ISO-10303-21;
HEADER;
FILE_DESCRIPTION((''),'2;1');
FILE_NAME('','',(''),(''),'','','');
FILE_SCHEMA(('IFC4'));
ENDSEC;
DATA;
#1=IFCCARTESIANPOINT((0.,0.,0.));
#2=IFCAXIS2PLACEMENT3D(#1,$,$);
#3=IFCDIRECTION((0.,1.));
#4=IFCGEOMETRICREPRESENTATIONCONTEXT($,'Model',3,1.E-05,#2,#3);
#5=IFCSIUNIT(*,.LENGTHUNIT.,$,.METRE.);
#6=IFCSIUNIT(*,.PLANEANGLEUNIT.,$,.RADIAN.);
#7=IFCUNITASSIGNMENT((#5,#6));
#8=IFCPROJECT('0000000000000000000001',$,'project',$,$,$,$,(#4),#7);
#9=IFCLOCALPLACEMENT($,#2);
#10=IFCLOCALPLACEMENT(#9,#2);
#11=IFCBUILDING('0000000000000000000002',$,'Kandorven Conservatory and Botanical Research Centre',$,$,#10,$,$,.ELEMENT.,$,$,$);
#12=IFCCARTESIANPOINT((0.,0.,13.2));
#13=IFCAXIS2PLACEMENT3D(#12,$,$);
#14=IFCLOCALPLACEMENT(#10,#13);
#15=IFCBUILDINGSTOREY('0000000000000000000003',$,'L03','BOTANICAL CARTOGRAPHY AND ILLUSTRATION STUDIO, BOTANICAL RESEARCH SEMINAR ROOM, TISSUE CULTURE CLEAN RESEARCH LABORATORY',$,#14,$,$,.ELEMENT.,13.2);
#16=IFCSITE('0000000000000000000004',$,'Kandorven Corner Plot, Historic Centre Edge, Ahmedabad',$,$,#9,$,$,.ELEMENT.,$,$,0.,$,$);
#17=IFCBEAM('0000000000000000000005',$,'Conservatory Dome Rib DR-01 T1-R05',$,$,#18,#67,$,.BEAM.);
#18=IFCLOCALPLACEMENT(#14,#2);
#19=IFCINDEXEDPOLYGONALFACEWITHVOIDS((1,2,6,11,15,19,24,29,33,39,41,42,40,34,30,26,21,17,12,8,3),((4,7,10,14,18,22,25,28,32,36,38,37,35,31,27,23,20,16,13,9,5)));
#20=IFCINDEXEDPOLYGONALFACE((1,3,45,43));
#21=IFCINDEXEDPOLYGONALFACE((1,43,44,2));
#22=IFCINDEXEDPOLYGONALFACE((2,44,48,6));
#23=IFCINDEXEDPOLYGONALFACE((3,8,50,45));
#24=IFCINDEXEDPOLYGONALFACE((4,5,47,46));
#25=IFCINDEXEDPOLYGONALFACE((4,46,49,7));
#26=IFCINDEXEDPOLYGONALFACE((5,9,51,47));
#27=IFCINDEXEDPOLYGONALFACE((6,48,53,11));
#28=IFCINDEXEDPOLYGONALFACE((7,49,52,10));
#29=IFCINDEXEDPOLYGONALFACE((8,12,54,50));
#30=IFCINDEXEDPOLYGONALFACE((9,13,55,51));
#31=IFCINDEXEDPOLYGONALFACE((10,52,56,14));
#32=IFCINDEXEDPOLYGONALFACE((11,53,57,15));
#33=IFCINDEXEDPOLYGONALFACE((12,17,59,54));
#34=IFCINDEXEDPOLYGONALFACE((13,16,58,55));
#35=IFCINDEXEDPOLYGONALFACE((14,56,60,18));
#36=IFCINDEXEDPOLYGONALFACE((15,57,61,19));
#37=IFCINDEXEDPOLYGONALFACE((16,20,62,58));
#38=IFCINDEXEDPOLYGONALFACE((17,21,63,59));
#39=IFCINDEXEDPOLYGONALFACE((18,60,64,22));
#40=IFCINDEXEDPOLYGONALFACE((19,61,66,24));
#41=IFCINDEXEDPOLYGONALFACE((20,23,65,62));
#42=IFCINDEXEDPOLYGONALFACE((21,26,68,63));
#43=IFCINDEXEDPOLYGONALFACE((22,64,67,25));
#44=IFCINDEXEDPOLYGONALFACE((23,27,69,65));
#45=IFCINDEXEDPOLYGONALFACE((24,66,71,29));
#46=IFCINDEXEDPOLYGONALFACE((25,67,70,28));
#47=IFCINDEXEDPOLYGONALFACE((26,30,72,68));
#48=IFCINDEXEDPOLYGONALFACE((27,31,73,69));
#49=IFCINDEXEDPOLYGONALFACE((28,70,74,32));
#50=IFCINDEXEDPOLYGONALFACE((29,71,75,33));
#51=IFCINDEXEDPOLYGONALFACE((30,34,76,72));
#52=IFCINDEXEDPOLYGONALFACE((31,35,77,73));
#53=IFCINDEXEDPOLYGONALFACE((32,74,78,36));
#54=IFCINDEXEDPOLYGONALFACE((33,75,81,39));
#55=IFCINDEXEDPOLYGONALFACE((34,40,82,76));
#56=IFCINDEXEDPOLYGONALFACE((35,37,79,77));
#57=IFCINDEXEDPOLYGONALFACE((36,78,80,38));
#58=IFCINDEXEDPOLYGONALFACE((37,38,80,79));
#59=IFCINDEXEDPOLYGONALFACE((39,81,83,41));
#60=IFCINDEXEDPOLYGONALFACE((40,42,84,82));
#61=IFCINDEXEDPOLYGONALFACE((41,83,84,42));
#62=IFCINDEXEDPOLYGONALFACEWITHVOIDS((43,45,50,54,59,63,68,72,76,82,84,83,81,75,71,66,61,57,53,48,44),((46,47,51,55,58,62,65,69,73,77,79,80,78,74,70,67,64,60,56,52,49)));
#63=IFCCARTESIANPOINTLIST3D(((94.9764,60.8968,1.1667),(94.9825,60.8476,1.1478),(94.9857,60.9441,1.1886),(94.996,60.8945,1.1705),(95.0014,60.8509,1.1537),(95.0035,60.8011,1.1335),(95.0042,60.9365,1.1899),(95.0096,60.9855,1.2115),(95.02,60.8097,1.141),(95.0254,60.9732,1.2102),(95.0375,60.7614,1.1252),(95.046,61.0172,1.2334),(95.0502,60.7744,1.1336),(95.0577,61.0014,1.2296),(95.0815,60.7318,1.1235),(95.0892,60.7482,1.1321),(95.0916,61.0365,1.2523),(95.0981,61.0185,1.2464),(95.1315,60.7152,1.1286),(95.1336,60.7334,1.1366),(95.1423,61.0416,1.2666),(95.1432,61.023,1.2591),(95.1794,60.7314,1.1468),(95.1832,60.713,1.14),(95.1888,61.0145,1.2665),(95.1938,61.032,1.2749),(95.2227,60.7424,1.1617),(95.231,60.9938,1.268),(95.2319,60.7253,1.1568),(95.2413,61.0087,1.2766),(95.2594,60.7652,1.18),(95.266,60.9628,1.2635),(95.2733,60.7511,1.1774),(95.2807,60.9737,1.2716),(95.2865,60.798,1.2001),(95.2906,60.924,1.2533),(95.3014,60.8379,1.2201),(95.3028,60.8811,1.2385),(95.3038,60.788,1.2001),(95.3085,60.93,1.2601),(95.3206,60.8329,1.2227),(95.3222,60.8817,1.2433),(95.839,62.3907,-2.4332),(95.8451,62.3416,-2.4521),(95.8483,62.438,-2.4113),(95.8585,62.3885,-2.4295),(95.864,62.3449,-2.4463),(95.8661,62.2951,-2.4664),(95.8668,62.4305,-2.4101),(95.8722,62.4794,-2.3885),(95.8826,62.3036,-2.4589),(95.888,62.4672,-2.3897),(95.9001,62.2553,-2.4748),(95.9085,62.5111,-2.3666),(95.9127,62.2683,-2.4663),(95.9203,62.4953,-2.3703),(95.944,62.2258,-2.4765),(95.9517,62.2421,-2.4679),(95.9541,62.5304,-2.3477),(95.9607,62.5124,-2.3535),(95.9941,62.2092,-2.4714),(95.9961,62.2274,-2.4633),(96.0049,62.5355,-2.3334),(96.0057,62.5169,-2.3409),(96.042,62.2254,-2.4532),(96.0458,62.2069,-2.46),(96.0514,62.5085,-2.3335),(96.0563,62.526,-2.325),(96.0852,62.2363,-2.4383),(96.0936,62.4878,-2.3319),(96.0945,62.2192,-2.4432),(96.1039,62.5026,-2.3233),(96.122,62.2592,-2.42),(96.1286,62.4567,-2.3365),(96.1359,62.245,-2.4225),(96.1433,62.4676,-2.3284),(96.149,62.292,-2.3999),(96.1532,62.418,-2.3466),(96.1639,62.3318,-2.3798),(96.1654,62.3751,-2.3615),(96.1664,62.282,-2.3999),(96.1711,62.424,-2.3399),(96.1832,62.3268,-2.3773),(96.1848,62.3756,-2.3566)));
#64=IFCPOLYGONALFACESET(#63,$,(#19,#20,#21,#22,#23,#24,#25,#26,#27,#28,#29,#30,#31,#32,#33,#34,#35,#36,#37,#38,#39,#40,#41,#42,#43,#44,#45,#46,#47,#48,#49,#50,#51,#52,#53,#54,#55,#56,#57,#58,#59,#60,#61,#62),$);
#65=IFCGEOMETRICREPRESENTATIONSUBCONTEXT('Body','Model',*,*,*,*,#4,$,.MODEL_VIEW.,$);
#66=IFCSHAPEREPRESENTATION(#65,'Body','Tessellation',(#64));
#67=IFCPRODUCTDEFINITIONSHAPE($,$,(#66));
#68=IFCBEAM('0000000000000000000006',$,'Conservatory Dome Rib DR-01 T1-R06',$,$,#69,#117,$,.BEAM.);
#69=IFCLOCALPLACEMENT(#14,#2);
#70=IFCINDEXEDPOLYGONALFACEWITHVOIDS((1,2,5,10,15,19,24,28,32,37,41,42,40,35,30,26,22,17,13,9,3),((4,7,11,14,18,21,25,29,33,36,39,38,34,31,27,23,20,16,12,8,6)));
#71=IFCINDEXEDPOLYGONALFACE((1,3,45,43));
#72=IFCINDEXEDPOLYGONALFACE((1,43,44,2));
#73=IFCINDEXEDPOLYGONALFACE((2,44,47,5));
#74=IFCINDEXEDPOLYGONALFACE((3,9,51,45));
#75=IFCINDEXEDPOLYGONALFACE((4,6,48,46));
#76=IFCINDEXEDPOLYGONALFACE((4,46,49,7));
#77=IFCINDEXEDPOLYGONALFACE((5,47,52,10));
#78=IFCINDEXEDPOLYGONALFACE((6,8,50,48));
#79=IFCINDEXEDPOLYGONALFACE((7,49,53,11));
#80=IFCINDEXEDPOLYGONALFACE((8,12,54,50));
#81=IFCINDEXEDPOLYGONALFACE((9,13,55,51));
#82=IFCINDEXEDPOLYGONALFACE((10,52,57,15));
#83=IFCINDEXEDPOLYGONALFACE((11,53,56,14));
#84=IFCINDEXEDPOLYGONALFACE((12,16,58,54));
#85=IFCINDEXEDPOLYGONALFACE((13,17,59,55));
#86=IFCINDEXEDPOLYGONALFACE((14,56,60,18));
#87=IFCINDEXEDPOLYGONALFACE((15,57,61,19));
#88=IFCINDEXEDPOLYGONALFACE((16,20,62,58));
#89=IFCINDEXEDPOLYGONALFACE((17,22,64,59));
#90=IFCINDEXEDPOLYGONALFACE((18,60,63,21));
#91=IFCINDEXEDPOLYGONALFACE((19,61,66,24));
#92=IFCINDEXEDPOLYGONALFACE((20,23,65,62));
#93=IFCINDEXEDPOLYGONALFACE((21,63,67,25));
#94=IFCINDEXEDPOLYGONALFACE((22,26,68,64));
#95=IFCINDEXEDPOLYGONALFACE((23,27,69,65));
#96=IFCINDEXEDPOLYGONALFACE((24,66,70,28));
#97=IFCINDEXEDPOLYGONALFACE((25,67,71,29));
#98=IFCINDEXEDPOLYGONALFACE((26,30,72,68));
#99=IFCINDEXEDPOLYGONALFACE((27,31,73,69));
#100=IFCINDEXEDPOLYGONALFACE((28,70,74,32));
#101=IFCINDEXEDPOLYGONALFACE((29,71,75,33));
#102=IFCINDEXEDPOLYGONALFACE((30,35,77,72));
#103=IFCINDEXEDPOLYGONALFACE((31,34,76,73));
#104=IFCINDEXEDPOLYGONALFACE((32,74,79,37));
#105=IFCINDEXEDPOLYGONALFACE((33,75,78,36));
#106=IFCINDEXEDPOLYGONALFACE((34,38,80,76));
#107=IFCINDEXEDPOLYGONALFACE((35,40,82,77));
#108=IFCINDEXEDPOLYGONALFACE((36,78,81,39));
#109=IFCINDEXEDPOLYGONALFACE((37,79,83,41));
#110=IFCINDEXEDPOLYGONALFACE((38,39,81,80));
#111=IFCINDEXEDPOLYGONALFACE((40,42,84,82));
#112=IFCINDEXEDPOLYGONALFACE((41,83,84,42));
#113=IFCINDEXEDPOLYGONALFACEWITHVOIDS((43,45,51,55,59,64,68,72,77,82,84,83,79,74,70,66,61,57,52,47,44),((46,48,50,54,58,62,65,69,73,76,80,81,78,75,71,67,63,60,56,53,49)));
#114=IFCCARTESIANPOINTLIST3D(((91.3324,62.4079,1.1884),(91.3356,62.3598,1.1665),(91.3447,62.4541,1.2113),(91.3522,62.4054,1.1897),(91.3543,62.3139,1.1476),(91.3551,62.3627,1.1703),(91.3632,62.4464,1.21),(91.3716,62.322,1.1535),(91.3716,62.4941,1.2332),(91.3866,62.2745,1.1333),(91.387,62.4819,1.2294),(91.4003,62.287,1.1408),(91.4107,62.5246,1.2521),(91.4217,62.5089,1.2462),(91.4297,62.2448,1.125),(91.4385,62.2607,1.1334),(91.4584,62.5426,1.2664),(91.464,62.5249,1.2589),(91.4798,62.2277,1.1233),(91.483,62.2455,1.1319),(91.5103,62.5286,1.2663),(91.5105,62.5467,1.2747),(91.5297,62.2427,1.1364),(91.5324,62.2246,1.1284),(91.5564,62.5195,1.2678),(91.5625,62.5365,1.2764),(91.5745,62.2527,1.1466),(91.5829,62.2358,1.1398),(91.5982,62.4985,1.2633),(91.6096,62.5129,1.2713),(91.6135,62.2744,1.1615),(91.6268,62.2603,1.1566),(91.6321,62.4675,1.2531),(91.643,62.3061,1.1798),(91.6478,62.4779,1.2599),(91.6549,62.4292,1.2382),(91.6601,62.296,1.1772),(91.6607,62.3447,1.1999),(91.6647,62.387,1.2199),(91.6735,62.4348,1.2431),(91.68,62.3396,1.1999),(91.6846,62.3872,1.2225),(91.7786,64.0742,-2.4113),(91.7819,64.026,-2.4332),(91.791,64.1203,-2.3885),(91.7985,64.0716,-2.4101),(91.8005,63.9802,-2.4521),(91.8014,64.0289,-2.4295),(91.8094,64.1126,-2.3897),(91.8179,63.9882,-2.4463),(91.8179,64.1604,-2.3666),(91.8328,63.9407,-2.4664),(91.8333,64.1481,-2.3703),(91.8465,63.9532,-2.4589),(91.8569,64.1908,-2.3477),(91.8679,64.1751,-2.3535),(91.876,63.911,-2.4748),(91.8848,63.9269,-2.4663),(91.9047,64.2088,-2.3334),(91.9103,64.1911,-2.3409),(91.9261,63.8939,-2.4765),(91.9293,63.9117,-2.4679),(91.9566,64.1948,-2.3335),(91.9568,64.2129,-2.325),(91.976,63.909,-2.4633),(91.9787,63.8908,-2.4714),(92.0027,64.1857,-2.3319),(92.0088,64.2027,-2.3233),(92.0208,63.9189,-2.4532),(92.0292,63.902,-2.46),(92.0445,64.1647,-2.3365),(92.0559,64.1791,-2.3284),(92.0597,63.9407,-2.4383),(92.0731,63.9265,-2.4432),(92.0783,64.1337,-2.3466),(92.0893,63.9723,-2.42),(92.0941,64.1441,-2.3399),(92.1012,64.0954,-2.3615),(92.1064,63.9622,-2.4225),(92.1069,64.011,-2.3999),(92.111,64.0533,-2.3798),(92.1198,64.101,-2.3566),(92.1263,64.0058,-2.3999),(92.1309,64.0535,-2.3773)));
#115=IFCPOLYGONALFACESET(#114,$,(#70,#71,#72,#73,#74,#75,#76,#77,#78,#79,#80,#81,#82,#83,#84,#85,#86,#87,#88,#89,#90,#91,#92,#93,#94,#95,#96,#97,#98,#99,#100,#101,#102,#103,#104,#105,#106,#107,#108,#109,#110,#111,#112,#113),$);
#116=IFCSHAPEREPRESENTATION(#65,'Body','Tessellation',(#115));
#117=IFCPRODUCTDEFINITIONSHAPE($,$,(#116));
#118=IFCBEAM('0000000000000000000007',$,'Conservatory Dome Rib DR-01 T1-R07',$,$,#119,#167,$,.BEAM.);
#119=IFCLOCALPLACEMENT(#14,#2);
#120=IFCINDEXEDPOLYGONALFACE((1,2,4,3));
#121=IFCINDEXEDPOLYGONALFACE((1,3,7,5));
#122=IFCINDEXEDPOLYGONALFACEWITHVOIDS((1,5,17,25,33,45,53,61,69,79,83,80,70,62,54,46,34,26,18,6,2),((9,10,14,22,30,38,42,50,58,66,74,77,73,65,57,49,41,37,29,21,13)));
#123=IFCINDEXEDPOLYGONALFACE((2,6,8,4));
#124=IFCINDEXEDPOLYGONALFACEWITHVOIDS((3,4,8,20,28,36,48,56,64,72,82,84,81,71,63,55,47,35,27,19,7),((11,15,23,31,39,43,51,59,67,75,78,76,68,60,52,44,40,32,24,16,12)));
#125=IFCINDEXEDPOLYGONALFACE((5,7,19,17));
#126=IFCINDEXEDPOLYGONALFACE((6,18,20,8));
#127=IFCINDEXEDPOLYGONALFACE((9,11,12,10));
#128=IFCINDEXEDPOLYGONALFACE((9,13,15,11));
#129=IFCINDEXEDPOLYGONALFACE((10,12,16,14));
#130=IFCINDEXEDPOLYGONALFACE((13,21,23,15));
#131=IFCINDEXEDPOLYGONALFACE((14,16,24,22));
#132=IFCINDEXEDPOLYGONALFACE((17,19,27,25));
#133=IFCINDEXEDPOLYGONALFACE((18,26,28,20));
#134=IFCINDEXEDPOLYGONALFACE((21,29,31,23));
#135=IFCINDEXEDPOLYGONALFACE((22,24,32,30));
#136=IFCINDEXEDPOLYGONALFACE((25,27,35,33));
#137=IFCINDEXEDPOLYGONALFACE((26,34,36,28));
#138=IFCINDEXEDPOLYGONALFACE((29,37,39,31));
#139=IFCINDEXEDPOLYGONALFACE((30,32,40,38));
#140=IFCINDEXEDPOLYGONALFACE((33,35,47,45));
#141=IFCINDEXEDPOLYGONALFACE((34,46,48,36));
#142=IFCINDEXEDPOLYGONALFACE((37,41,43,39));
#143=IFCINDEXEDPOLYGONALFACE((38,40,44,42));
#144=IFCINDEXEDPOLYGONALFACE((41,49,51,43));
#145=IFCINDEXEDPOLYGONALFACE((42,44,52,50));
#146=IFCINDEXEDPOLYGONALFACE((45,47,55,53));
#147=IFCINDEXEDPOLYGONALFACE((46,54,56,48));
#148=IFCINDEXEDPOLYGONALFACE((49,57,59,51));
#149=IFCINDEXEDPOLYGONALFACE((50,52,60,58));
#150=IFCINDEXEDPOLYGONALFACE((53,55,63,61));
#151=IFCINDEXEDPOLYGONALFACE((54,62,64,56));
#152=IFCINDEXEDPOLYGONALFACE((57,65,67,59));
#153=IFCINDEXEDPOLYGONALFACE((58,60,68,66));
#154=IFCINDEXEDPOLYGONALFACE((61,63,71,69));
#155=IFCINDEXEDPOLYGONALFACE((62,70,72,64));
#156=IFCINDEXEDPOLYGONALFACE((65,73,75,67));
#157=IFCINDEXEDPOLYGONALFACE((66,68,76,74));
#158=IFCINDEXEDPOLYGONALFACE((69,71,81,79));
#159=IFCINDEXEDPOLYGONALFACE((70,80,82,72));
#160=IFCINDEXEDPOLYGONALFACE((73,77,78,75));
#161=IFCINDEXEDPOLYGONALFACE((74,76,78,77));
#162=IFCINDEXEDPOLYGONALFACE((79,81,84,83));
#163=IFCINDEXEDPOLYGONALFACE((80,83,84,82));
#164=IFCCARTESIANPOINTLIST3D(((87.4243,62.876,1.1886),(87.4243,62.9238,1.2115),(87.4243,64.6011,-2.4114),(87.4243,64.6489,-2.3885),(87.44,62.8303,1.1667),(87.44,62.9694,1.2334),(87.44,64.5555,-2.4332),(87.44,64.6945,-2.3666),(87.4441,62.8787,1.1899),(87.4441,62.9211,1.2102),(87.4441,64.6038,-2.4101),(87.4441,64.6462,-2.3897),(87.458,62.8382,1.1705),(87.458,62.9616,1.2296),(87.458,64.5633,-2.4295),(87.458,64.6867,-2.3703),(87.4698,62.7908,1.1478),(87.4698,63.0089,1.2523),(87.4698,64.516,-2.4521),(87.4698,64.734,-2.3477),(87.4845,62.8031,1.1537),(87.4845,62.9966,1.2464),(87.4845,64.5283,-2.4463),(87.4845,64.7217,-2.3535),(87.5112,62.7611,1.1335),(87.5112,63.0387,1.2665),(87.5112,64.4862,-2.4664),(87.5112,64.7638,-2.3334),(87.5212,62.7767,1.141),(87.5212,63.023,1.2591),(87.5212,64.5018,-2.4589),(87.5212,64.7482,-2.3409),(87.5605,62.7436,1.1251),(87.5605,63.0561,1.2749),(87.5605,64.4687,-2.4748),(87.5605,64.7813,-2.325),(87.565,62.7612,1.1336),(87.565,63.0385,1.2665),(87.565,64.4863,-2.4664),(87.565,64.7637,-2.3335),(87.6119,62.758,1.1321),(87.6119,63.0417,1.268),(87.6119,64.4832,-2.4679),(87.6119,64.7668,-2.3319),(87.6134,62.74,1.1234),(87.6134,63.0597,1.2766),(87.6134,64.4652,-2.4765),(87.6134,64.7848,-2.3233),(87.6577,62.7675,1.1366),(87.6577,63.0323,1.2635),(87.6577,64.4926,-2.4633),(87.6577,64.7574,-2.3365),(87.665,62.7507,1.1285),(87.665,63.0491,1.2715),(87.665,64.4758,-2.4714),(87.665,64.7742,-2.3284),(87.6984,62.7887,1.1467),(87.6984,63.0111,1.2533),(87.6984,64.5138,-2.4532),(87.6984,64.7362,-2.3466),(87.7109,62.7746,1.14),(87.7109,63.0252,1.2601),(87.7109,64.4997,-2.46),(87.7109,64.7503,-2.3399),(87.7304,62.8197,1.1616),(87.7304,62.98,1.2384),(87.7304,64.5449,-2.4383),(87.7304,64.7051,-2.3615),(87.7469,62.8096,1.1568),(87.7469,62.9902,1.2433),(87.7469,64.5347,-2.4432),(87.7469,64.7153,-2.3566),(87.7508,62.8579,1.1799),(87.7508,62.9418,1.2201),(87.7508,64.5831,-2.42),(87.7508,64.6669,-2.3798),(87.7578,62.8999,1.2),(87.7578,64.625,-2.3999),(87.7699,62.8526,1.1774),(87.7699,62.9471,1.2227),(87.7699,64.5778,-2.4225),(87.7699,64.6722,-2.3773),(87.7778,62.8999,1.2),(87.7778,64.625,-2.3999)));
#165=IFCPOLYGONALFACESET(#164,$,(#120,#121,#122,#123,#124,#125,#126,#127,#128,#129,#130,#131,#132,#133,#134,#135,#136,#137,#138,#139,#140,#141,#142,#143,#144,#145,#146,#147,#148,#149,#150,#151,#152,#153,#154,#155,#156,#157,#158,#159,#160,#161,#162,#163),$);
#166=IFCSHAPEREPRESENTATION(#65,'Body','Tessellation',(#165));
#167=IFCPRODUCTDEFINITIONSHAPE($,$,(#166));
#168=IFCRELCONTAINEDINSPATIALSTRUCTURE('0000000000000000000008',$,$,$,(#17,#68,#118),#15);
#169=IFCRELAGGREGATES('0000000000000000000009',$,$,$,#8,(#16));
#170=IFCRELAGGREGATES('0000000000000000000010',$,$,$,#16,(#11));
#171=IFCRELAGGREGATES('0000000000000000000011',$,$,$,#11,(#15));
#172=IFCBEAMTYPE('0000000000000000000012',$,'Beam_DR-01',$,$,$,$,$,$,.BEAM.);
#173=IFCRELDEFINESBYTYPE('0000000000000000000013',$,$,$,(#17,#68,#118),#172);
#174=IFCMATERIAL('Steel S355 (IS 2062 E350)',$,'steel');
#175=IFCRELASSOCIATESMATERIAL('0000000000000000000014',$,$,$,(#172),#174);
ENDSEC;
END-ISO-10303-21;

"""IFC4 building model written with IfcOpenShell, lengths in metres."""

from ifc_helpers import new_model, si_unit, direction, frame, origin, origin_2d, place, context, subcontext, project, spatial, hollow_circle, extrude, material, material_profile, profile_set, type_object, element, save


model = new_model("IFC4")

# Units and contexts
model_context = context("Model", 3, precision=1e-05, world=origin(), true_north=direction((0.0, 1.0)))
body_context = subcontext(model_context, "Body", "Model", "MODEL_VIEW")
ifc_project = project(units=[si_unit("LENGTHUNIT", "METRE"), si_unit("PLANEANGLEUNIT", "RADIAN")], contexts=[model_context])

# Site, building, storey
site_placement = place(None, origin())
site = spatial("IfcSite", under=ifc_project, at=site_placement, Name="Kandorven Corner Plot, Historic Centre Edge, Ahmedabad", CompositionType="ELEMENT", RefElevation=0.0)
building_placement = place(site_placement, origin())
building = spatial("IfcBuilding", under=site, at=building_placement, Name="Kandorven Conservatory and Botanical Research Centre", CompositionType="ELEMENT")
storey_placement = place(building_placement, frame((0.0, 0.0, 13.2)))
storey = spatial("IfcBuildingStorey", under=building, at=storey_placement, Name="L03", Description="BOTANICAL CARTOGRAPHY AND ILLUSTRATION STUDIO, BOTANICAL RESEARCH SEMINAR ROOM, TISSUE CULTURE CLEAN RESEARCH LABORATORY", CompositionType="ELEMENT", Elevation=13.2)

# Beams
ifc_material_1 = material(Name="Steel S355 (IS 2062 E350)", Category="steel")
ifc_material_profile_1 = material_profile(ifc_material_1, hollow_circle(Radius=0.1777, WallThickness=0.02, at=origin_2d()))
ifc_profile_set_1 = profile_set([ifc_material_profile_1], Name="Steel S355 (IS 2062 E350)")
beam_type_1 = type_object("IfcBeamType", Name="Beam_DR-01", PredefinedType="BEAM", material=ifc_profile_set_1)
beam_1_placement = place(storey_placement, frame((96.0125, 62.3708, -2.3999), z_axis=(-0.216079, -0.374239, 0.901807), x_axis=(0.866014, -0.500021, 0.0)))
element("IfcBeam", 1, at=beam_1_placement, inside=storey, type_object=beam_type_1, Name="Conservatory Dome Rib DR-01 T1-R05", PredefinedType="BEAM", context=body_context, shape_type="SweptSolid", body=[
    extrude(hollow_circle(Radius=0.1777, WallThickness=0.02, at=origin_2d()), origin(), (0.0, 0.0, 1.0), 3.9919),
])
beam_2_placement = place(storey_placement, frame((91.9546, 64.0518, -2.3999), z_axis=(-0.111801, -0.41742, 0.90181), x_axis=(0.965952, -0.25872, 0.0)))
element("IfcBeam", 2, at=beam_2_placement, inside=storey, type_object=beam_type_1, Name="Conservatory Dome Rib DR-01 T1-R06", PredefinedType="BEAM", context=body_context, shape_type="SweptSolid", body=[
    extrude(hollow_circle(Radius=0.1777, WallThickness=0.02, at=origin_2d()), origin(), (0.0, 0.0, 1.0), 3.9917),
])
for number, where, z_axis, x_axis, name in (
    (3, (87.6001, 64.625, -2.3999), (0.0, -0.432154, 0.9018), (1.0, 0.0, 0.0), "Conservatory Dome Rib DR-01 T1-R07"),
):
    element("IfcBeam", number, at=place(storey_placement, frame(where, z_axis=z_axis, x_axis=x_axis)), inside=storey, type_object=beam_type_1, Name=name, PredefinedType="BEAM", context=body_context, shape_type="SweptSolid", body=[
        extrude(hollow_circle(Radius=0.1777, WallThickness=0.02, at=origin_2d()), origin(), (0.0, 0.0, 1.0), 3.9919),
    ])

save(model, "model.ifc")
